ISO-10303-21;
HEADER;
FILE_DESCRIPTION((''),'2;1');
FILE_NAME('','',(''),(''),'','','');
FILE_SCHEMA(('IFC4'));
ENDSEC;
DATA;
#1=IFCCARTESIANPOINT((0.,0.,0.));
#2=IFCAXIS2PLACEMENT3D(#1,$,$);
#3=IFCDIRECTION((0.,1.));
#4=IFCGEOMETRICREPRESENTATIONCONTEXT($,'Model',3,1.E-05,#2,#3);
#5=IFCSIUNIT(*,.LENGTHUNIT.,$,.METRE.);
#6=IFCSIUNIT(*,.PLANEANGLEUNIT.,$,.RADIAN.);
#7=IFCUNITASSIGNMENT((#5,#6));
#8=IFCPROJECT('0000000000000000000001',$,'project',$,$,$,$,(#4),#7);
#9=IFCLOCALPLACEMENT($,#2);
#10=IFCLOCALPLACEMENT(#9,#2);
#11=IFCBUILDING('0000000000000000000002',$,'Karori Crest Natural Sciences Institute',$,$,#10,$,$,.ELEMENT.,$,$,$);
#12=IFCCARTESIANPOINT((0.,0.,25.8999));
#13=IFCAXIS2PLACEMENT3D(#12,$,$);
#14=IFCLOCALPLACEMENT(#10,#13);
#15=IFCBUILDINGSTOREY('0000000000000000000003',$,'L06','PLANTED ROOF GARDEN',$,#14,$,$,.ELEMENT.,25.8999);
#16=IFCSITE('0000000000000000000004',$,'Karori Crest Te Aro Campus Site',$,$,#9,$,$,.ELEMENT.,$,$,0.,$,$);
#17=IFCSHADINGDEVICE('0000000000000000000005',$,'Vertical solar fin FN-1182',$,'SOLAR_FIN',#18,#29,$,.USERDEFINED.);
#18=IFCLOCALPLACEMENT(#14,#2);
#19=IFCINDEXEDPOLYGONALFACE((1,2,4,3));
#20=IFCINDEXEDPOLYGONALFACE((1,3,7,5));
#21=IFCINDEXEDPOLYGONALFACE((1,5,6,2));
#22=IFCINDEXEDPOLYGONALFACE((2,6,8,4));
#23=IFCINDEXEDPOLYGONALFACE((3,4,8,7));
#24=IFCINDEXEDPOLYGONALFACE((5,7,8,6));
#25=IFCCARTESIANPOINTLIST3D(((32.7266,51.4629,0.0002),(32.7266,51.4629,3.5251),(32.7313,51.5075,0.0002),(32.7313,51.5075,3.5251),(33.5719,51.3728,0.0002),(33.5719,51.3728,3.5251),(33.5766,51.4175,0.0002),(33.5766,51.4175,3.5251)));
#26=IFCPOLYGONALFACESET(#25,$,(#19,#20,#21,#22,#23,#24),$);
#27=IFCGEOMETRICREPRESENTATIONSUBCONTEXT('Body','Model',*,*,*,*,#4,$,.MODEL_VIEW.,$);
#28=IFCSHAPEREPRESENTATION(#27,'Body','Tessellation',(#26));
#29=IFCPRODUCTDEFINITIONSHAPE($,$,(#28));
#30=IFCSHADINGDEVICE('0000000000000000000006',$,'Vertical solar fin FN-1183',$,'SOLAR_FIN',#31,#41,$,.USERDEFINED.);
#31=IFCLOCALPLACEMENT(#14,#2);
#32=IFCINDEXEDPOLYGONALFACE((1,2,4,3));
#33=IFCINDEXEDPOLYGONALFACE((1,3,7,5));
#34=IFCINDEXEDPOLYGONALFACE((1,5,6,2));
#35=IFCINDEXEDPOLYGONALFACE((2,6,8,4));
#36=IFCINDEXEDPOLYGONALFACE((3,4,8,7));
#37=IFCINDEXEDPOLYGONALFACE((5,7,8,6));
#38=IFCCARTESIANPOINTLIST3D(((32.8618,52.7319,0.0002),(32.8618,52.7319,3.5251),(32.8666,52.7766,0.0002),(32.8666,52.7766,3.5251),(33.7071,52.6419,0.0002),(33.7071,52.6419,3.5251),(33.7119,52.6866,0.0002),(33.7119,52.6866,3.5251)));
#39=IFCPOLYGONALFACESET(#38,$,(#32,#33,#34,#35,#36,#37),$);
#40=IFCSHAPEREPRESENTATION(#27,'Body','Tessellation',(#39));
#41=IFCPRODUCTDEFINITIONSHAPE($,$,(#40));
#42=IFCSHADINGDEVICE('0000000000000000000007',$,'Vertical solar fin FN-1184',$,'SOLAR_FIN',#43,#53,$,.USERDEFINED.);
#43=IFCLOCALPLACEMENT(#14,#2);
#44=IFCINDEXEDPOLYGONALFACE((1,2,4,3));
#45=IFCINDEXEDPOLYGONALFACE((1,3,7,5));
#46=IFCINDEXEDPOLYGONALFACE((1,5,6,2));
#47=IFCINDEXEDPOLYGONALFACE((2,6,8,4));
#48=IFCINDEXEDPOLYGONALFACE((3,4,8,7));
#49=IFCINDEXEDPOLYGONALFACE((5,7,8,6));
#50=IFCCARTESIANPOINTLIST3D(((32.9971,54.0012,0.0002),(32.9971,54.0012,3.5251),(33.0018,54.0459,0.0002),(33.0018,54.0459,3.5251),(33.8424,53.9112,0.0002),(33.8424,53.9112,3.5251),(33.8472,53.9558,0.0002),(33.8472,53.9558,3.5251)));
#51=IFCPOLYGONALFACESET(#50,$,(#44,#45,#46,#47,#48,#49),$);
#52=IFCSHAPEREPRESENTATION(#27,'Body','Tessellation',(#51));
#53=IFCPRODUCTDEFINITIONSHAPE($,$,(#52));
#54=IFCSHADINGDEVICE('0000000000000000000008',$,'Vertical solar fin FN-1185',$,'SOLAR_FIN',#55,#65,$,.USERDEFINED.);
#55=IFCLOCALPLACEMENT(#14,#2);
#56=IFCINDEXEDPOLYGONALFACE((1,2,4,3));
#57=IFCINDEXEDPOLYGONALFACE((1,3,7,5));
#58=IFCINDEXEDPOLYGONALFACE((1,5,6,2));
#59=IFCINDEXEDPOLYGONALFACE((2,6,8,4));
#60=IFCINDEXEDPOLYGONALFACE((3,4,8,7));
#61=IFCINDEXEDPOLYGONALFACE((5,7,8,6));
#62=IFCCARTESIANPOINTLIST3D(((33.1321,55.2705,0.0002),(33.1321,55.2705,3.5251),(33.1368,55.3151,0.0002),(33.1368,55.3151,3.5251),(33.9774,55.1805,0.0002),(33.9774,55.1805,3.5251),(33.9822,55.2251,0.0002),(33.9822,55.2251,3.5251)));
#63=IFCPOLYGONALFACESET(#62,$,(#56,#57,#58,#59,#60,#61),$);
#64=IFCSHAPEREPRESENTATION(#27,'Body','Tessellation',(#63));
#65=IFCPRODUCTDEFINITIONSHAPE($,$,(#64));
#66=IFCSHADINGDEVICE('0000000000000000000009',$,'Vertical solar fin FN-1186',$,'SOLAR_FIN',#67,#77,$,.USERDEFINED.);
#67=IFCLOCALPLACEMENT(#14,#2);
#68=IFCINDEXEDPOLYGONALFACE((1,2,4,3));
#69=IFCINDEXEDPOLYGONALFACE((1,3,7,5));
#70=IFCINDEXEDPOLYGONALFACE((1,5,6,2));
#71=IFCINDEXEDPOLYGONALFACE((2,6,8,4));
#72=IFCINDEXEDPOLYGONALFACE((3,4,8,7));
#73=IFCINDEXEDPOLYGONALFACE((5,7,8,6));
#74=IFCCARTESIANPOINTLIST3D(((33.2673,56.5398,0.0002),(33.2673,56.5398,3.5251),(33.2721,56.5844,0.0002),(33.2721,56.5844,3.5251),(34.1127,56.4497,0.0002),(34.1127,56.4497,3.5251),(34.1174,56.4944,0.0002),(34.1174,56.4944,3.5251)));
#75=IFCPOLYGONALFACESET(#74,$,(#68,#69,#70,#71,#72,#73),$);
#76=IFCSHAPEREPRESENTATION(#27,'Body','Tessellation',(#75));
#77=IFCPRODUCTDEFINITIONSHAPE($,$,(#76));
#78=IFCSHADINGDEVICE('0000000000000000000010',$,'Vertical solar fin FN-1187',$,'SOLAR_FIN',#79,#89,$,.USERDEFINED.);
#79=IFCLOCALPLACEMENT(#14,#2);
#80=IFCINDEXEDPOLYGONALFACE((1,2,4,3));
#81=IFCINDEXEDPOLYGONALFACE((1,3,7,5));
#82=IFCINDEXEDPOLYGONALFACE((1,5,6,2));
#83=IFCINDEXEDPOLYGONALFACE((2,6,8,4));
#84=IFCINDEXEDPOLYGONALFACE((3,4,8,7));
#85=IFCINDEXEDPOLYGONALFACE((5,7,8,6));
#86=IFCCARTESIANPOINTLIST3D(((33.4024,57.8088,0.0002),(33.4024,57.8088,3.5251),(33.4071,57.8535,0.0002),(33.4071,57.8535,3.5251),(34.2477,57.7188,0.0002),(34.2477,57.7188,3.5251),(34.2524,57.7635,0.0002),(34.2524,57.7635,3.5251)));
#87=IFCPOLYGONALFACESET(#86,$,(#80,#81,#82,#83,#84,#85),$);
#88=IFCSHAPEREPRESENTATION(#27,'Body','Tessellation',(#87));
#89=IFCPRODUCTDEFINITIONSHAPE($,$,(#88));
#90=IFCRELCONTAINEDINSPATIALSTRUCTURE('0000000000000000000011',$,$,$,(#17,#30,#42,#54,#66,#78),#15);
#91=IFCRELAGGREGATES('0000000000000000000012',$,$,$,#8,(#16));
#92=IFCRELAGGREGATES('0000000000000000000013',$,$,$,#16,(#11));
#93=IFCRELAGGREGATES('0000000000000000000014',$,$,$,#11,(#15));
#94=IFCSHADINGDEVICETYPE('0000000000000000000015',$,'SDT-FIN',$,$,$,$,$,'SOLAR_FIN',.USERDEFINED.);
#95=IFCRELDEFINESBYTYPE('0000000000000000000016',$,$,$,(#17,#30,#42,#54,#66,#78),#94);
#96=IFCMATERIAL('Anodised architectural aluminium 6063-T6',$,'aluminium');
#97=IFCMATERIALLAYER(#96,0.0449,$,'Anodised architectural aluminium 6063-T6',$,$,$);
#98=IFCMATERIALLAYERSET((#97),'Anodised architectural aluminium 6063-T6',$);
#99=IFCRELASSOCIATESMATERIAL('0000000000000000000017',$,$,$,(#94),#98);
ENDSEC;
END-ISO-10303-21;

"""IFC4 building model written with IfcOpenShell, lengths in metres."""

from ifc_helpers import new_model, si_unit, direction, frame, origin, origin_2d, place, context, subcontext, project, spatial, rectangle, extrude, material, layer, layer_set, type_object, element, save


model = new_model("IFC4")

# Units and contexts
model_context = context("Model", 3, precision=1e-05, world=origin(), true_north=direction((0.0, 1.0)))
body_context = subcontext(model_context, "Body", "Model", "MODEL_VIEW")
ifc_project = project(units=[si_unit("LENGTHUNIT", "METRE"), si_unit("PLANEANGLEUNIT", "RADIAN")], contexts=[model_context])

# Site, building, storey
site_placement = place(None, origin())
site = spatial("IfcSite", under=ifc_project, at=site_placement, Name="Karori Crest Te Aro Campus Site", CompositionType="ELEMENT", RefElevation=0.0)
building_placement = place(site_placement, origin())
building = spatial("IfcBuilding", under=site, at=building_placement, Name="Karori Crest Natural Sciences Institute", CompositionType="ELEMENT")
storey_placement = place(building_placement, frame((0.0, 0.0, 25.8999)))
storey = spatial("IfcBuildingStorey", under=building, at=storey_placement, Name="L06", Description="PLANTED ROOF GARDEN", CompositionType="ELEMENT", Elevation=25.8999)

# Shared definitions
ifc_material_1 = material(Name="Anodised architectural aluminium 6063-T6", Category="aluminium")

# Shading devices
ifc_layer_1 = layer(ifc_material_1, 0.0449, Name="Anodised architectural aluminium 6063-T6")
ifc_layer_set_1 = layer_set([ifc_layer_1], Name="Anodised architectural aluminium 6063-T6")
shading_device_type = type_object("IfcShadingDeviceType", Name="SDT-FIN", ElementType="SOLAR_FIN", PredefinedType="USERDEFINED", material=ifc_layer_set_1)
for number, where, z_axis, x_axis, name in (
    (1, (33.1516, 51.4402, 0.0002), (0.0, 0.0, 1.0), (-0.994378, 0.105886, 0.0), "Vertical solar fin FN-1182"),
    (2, (33.2869, 52.7092, 0.0002), (0.0, 0.0, 1.0), (-0.994378, 0.105886, 0.0), "Vertical solar fin FN-1183"),
    (3, (33.4221, 53.9785, 0.0002), (0.0, 0.0, 1.0), (-0.994378, 0.105886, 0.0), "Vertical solar fin FN-1184"),
    (4, (33.5571, 55.2478, 0.0002), (0.0, 0.0, 1.0), (-0.994378, 0.105886, 0.0), "Vertical solar fin FN-1185"),
    (5, (33.6924, 56.5171, 0.0002), (0.0, 0.0, 1.0), (-0.994378, 0.105886, 0.0), "Vertical solar fin FN-1186"),
    (6, (33.8274, 57.7861, 0.0002), (0.0, 0.0, 1.0), (-0.994378, 0.105886, 0.0), "Vertical solar fin FN-1187"),
):
    element("IfcShadingDevice", number, at=place(storey_placement, frame(where, z_axis=z_axis, x_axis=x_axis)), inside=storey, type_object=shading_device_type, Name=name, ObjectType="SOLAR_FIN", PredefinedType="USERDEFINED", context=body_context, shape_type="SweptSolid", body=[
        extrude(rectangle(XDim=0.8501, YDim=0.0449, at=origin_2d()), origin(), (0.0, 0.0, 1.0), 3.5249),
    ])

save(model, "model.ifc")
